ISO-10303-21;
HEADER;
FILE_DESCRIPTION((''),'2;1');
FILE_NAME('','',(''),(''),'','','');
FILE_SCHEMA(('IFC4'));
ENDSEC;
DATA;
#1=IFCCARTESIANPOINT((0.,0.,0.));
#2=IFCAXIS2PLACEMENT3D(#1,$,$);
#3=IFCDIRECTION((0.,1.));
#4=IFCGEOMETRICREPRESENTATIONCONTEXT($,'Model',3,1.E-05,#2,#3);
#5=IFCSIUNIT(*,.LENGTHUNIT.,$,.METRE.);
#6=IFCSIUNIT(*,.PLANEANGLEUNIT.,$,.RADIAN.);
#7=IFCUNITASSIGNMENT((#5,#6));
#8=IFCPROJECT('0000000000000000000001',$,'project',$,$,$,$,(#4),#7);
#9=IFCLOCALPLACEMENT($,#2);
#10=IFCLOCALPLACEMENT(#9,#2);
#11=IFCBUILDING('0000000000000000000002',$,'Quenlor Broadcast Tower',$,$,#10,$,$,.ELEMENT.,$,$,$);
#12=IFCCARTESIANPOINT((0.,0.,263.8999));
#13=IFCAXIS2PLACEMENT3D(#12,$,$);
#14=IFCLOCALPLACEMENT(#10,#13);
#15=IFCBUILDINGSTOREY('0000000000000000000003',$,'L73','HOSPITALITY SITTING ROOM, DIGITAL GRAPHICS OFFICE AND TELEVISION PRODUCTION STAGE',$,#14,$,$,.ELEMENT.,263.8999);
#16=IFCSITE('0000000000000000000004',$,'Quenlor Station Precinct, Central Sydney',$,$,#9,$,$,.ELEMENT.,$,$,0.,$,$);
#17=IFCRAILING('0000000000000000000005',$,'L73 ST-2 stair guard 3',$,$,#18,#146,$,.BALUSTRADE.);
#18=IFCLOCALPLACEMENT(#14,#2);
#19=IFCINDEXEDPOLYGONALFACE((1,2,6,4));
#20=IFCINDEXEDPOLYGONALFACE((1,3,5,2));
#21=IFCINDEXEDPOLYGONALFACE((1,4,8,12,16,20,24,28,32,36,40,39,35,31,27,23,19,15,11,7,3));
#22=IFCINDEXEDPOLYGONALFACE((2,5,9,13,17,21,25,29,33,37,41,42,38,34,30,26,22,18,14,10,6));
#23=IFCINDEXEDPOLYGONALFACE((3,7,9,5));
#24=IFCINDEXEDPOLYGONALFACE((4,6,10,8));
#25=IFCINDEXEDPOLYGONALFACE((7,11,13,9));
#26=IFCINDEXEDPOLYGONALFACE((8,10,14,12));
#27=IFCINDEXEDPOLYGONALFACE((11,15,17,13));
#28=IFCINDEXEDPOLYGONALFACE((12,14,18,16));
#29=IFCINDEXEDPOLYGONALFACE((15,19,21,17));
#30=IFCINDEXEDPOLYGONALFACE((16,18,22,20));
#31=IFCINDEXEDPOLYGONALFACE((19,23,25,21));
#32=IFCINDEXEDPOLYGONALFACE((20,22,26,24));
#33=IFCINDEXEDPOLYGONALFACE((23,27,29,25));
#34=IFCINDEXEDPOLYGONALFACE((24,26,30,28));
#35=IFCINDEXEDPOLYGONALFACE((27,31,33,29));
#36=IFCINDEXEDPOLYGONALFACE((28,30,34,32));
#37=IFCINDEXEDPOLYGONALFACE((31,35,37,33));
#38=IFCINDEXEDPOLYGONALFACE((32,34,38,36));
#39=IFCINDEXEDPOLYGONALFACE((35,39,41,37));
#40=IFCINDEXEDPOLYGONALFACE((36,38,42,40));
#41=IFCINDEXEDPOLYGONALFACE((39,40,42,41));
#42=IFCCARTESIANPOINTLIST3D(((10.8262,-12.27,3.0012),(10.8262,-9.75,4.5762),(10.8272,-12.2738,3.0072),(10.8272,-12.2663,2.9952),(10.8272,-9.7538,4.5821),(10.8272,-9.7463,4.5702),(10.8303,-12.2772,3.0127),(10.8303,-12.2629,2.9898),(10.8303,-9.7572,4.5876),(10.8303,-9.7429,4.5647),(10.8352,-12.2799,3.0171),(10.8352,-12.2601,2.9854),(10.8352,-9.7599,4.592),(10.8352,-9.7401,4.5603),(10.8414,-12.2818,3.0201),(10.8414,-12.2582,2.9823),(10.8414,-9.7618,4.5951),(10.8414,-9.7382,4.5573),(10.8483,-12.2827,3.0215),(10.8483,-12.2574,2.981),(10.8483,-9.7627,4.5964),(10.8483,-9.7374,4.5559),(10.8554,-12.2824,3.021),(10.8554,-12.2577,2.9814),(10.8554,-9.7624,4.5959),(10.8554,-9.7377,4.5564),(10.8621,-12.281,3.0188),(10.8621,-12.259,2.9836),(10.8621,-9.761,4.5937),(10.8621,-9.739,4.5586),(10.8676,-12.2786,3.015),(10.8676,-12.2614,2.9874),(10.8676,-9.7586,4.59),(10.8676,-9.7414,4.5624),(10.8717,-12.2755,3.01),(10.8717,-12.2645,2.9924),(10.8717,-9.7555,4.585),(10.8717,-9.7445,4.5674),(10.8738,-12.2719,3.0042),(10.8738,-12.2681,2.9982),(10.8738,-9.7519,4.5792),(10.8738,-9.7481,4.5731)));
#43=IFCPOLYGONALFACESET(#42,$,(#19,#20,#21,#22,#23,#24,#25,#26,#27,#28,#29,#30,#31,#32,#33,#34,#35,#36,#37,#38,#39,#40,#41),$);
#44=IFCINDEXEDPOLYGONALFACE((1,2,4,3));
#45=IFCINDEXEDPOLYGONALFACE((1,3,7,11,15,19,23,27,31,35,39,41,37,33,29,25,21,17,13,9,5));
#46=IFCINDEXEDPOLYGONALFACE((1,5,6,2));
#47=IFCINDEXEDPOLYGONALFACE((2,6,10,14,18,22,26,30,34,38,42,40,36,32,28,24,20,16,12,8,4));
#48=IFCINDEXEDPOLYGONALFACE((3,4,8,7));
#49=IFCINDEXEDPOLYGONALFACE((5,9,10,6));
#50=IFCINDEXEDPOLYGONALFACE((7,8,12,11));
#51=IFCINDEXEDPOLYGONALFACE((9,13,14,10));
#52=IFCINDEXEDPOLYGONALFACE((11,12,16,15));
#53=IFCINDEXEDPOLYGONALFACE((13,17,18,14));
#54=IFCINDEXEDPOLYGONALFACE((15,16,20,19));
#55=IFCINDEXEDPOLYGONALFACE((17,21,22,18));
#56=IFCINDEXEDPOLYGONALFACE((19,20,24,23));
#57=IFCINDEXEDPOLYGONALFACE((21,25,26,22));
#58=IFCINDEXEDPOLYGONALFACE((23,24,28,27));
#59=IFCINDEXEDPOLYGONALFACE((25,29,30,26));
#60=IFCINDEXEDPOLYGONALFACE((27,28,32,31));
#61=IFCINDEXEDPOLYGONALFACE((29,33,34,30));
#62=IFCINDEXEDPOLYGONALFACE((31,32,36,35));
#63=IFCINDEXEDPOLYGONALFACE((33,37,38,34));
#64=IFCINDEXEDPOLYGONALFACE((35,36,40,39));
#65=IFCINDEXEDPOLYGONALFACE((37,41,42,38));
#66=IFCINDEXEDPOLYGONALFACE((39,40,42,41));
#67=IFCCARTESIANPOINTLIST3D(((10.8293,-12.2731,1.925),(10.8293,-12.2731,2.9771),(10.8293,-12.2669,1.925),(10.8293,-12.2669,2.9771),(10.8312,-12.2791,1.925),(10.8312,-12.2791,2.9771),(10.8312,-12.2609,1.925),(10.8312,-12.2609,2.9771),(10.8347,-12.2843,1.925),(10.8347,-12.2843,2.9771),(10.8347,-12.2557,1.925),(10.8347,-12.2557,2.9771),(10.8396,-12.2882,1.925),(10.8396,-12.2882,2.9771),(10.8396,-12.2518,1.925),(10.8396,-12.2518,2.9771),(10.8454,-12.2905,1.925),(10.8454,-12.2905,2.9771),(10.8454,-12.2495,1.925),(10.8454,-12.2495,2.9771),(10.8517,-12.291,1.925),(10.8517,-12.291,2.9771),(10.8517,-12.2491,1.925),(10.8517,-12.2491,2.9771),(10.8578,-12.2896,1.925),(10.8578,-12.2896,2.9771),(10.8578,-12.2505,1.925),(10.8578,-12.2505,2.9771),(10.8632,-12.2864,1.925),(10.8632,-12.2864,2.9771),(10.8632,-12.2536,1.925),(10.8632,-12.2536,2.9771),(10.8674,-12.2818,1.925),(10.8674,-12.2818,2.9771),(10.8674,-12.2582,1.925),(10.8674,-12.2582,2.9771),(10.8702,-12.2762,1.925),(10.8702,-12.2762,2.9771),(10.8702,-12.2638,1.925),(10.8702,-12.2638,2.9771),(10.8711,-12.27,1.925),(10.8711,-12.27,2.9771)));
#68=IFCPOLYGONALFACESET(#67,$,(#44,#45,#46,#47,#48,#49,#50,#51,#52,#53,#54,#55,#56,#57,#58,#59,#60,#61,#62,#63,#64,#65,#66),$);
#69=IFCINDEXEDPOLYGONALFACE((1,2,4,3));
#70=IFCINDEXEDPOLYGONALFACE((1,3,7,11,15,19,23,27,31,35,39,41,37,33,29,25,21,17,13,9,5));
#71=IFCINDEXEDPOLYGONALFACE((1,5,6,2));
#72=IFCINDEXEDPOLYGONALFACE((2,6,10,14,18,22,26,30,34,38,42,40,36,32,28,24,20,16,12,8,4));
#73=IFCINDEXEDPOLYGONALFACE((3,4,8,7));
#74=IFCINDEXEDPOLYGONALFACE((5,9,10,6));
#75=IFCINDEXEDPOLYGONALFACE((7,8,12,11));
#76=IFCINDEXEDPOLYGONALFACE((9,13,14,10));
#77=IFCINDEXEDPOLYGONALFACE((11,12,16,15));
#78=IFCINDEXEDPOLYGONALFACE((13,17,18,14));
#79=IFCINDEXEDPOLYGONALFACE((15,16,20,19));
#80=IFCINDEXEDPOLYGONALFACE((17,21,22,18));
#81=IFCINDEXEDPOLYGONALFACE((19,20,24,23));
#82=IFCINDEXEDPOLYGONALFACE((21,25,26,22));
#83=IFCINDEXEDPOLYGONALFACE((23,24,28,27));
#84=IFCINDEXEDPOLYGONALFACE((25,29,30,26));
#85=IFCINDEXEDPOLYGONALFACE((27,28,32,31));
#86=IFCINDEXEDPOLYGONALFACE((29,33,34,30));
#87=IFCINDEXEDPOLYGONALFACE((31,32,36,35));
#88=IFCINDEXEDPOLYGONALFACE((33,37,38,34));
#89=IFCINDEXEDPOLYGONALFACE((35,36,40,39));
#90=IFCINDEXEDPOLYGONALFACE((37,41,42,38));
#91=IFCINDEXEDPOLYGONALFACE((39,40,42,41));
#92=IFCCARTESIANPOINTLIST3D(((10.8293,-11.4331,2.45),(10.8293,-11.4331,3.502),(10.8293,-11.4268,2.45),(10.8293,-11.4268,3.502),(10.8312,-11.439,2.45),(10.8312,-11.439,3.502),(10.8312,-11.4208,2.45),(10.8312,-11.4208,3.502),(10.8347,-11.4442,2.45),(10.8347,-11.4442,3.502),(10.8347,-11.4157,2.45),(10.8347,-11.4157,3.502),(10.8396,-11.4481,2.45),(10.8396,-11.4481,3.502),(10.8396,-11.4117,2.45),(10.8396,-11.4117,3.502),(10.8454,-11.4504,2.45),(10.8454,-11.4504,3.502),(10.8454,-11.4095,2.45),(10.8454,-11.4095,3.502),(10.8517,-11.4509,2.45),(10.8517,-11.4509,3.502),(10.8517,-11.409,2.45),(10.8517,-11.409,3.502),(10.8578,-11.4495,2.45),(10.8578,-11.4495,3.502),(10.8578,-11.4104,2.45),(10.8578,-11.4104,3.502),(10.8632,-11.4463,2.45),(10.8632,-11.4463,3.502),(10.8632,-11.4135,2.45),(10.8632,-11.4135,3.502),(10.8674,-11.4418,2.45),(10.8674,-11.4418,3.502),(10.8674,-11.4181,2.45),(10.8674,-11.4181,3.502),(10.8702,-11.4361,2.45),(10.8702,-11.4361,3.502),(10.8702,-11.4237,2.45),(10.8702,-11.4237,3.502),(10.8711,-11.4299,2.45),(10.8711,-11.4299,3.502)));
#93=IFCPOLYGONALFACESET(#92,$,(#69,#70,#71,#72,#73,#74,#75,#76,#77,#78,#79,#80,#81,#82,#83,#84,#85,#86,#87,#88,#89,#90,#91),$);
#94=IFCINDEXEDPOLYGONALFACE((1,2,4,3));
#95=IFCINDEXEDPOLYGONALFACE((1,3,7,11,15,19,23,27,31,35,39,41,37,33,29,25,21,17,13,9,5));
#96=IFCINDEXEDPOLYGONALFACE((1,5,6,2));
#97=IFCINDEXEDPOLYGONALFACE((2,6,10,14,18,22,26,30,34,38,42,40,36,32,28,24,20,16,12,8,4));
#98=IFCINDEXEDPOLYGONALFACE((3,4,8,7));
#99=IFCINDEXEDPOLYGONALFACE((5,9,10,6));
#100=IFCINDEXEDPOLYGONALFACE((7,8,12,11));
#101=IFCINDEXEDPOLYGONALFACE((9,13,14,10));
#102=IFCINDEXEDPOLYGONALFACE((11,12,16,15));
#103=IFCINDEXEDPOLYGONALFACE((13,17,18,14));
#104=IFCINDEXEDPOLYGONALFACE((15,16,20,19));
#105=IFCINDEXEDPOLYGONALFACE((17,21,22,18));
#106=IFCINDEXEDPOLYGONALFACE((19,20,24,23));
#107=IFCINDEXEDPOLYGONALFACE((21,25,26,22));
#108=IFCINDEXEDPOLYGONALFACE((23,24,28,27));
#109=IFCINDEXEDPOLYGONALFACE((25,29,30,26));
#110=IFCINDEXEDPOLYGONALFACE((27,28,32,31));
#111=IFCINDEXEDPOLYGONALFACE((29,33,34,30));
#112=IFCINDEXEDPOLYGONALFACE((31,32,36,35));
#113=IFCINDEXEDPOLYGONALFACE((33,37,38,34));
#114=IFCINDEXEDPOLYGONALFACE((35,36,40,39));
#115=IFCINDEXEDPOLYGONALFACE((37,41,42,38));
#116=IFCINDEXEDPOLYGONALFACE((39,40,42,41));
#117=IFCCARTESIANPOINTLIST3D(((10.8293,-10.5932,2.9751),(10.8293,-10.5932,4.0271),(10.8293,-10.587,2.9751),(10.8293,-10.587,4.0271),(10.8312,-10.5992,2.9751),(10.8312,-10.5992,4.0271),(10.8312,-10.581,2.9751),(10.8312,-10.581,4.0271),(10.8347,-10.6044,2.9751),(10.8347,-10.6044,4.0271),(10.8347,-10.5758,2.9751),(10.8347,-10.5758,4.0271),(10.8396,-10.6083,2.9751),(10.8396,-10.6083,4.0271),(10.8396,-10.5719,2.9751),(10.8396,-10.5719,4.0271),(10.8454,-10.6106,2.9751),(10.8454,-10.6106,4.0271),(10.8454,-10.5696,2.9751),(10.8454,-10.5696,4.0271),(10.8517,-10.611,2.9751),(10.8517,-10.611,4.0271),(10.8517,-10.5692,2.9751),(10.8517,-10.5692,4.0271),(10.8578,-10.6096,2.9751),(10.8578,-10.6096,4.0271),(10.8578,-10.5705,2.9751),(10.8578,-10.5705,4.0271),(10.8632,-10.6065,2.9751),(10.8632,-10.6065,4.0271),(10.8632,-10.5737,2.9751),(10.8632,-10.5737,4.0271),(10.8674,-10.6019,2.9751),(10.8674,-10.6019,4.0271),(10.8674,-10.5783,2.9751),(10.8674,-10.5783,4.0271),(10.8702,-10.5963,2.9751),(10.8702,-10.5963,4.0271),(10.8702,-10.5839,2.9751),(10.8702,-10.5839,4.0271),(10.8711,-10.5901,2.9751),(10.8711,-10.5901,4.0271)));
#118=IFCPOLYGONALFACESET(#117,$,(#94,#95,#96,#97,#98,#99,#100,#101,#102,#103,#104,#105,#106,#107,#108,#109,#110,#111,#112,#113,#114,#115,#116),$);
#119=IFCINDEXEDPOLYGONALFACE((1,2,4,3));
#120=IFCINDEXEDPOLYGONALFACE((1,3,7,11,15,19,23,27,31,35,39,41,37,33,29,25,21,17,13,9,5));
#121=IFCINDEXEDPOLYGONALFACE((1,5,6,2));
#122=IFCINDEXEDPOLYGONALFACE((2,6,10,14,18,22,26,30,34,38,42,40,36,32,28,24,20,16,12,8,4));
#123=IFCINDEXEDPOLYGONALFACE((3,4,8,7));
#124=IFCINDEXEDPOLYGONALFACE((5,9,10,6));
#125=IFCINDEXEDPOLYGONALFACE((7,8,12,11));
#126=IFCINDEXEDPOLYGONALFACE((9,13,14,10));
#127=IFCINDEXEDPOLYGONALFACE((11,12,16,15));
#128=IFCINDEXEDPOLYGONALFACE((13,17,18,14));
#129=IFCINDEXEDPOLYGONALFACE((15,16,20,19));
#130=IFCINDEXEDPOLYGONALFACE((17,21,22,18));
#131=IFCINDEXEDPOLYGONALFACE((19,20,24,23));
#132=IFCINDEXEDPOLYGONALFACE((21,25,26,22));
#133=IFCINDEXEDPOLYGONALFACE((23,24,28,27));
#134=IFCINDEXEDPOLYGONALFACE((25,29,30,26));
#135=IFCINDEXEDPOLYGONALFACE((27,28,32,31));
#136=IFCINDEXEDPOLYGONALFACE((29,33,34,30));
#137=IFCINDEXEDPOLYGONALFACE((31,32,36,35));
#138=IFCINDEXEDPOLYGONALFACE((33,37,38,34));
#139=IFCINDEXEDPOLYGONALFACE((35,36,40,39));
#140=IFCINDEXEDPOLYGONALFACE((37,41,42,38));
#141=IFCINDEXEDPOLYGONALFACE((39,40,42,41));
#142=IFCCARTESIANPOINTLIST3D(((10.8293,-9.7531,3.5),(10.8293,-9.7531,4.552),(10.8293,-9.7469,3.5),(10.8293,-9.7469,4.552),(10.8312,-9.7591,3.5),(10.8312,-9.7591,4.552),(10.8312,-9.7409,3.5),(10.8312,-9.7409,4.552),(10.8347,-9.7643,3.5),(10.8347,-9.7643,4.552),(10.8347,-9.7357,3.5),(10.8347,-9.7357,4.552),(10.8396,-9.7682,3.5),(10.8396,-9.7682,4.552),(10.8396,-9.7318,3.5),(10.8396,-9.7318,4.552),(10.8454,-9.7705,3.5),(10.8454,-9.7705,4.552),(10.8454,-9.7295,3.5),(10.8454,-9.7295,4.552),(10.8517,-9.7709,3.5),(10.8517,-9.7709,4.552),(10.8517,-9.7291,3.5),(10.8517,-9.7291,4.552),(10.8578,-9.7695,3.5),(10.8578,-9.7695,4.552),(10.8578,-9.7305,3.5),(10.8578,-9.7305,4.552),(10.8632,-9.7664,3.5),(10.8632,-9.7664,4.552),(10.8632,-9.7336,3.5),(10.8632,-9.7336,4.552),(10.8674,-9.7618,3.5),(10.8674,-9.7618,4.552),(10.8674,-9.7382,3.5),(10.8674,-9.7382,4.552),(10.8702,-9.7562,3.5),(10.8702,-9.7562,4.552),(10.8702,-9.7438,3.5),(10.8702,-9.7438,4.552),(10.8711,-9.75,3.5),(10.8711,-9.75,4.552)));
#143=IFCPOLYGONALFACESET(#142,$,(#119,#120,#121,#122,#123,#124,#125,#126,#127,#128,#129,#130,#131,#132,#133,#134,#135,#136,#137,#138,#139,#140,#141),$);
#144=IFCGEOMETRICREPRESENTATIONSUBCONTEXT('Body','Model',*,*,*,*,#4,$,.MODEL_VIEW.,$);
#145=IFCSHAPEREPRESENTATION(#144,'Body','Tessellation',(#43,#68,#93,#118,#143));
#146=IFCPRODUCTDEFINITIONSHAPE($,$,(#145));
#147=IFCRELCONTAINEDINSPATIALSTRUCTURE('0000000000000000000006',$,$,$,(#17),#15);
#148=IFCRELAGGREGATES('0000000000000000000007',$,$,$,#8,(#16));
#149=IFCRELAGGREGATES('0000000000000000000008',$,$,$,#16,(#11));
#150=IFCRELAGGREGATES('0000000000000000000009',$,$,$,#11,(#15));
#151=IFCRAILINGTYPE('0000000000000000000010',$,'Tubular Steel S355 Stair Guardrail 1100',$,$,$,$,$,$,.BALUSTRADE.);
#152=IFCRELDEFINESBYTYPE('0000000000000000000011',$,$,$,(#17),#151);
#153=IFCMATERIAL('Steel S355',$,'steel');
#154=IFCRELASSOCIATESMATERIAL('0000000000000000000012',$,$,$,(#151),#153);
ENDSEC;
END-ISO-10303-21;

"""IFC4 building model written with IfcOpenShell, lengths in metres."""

from ifc_helpers import new_model, si_unit, direction, frame, origin, origin_2d, place, context, subcontext, project, spatial, circle, extrude, material, type_object, element, save


model = new_model("IFC4")

# Units and contexts
model_context = context("Model", 3, precision=1e-05, world=origin(), true_north=direction((0.0, 1.0)))
body_context = subcontext(model_context, "Body", "Model", "MODEL_VIEW")
ifc_project = project(units=[si_unit("LENGTHUNIT", "METRE"), si_unit("PLANEANGLEUNIT", "RADIAN")], contexts=[model_context])

# Site, building, storey
site_placement = place(None, origin())
site = spatial("IfcSite", under=ifc_project, at=site_placement, Name="Quenlor Station Precinct, Central Sydney", CompositionType="ELEMENT", RefElevation=0.0)
building_placement = place(site_placement, origin())
building = spatial("IfcBuilding", under=site, at=building_placement, Name="Quenlor Broadcast Tower", CompositionType="ELEMENT")
storey_placement = place(building_placement, frame((0.0, 0.0, 263.8999)))
storey = spatial("IfcBuildingStorey", under=building, at=storey_placement, Name="L73", Description="HOSPITALITY SITTING ROOM, DIGITAL GRAPHICS OFFICE AND TELEVISION PRODUCTION STAGE", CompositionType="ELEMENT", Elevation=263.8999)

# Railing
ifc_material_1 = material(Name="Steel S355", Category="steel")
railing_type_1 = type_object("IfcRailingType", Name="Tubular Steel S355 Stair Guardrail 1100", PredefinedType="BALUSTRADE", material=ifc_material_1)
railing_1_placement = place(storey_placement, frame((10.8501, -12.27, 1.925)))
element("IfcRailing", 1, at=railing_1_placement, inside=storey, type_object=railing_type_1, Name="L73 ST-2 stair guard 3", PredefinedType="BALUSTRADE", context=body_context, shape_type="SweptSolid", body=[
    extrude(circle(Radius=0.0239, at=origin_2d()), frame((0.0, 0.0, 1.0762), z_axis=(0.0, 0.848008, 0.529984), x_axis=(-1.0, 0.0, 0.0)), (0.0, 0.0, 1.0), 2.9717),
    extrude(circle(Radius=0.021, at=origin_2d()), origin(), (0.0, 0.0, 1.0), 1.052),
    extrude(circle(Radius=0.021, at=origin_2d()), frame((0.0, 0.8401, 0.5249)), (0.0, 0.0, 1.0), 1.052),
    extrude(circle(Radius=0.021, at=origin_2d()), frame((0.0, 1.6799, 1.05)), (0.0, 0.0, 1.0), 1.052),
    extrude(circle(Radius=0.021, at=origin_2d()), frame((0.0, 2.52, 1.575)), (0.0, 0.0, 1.0), 1.052),
])

save(model, "model.ifc")
